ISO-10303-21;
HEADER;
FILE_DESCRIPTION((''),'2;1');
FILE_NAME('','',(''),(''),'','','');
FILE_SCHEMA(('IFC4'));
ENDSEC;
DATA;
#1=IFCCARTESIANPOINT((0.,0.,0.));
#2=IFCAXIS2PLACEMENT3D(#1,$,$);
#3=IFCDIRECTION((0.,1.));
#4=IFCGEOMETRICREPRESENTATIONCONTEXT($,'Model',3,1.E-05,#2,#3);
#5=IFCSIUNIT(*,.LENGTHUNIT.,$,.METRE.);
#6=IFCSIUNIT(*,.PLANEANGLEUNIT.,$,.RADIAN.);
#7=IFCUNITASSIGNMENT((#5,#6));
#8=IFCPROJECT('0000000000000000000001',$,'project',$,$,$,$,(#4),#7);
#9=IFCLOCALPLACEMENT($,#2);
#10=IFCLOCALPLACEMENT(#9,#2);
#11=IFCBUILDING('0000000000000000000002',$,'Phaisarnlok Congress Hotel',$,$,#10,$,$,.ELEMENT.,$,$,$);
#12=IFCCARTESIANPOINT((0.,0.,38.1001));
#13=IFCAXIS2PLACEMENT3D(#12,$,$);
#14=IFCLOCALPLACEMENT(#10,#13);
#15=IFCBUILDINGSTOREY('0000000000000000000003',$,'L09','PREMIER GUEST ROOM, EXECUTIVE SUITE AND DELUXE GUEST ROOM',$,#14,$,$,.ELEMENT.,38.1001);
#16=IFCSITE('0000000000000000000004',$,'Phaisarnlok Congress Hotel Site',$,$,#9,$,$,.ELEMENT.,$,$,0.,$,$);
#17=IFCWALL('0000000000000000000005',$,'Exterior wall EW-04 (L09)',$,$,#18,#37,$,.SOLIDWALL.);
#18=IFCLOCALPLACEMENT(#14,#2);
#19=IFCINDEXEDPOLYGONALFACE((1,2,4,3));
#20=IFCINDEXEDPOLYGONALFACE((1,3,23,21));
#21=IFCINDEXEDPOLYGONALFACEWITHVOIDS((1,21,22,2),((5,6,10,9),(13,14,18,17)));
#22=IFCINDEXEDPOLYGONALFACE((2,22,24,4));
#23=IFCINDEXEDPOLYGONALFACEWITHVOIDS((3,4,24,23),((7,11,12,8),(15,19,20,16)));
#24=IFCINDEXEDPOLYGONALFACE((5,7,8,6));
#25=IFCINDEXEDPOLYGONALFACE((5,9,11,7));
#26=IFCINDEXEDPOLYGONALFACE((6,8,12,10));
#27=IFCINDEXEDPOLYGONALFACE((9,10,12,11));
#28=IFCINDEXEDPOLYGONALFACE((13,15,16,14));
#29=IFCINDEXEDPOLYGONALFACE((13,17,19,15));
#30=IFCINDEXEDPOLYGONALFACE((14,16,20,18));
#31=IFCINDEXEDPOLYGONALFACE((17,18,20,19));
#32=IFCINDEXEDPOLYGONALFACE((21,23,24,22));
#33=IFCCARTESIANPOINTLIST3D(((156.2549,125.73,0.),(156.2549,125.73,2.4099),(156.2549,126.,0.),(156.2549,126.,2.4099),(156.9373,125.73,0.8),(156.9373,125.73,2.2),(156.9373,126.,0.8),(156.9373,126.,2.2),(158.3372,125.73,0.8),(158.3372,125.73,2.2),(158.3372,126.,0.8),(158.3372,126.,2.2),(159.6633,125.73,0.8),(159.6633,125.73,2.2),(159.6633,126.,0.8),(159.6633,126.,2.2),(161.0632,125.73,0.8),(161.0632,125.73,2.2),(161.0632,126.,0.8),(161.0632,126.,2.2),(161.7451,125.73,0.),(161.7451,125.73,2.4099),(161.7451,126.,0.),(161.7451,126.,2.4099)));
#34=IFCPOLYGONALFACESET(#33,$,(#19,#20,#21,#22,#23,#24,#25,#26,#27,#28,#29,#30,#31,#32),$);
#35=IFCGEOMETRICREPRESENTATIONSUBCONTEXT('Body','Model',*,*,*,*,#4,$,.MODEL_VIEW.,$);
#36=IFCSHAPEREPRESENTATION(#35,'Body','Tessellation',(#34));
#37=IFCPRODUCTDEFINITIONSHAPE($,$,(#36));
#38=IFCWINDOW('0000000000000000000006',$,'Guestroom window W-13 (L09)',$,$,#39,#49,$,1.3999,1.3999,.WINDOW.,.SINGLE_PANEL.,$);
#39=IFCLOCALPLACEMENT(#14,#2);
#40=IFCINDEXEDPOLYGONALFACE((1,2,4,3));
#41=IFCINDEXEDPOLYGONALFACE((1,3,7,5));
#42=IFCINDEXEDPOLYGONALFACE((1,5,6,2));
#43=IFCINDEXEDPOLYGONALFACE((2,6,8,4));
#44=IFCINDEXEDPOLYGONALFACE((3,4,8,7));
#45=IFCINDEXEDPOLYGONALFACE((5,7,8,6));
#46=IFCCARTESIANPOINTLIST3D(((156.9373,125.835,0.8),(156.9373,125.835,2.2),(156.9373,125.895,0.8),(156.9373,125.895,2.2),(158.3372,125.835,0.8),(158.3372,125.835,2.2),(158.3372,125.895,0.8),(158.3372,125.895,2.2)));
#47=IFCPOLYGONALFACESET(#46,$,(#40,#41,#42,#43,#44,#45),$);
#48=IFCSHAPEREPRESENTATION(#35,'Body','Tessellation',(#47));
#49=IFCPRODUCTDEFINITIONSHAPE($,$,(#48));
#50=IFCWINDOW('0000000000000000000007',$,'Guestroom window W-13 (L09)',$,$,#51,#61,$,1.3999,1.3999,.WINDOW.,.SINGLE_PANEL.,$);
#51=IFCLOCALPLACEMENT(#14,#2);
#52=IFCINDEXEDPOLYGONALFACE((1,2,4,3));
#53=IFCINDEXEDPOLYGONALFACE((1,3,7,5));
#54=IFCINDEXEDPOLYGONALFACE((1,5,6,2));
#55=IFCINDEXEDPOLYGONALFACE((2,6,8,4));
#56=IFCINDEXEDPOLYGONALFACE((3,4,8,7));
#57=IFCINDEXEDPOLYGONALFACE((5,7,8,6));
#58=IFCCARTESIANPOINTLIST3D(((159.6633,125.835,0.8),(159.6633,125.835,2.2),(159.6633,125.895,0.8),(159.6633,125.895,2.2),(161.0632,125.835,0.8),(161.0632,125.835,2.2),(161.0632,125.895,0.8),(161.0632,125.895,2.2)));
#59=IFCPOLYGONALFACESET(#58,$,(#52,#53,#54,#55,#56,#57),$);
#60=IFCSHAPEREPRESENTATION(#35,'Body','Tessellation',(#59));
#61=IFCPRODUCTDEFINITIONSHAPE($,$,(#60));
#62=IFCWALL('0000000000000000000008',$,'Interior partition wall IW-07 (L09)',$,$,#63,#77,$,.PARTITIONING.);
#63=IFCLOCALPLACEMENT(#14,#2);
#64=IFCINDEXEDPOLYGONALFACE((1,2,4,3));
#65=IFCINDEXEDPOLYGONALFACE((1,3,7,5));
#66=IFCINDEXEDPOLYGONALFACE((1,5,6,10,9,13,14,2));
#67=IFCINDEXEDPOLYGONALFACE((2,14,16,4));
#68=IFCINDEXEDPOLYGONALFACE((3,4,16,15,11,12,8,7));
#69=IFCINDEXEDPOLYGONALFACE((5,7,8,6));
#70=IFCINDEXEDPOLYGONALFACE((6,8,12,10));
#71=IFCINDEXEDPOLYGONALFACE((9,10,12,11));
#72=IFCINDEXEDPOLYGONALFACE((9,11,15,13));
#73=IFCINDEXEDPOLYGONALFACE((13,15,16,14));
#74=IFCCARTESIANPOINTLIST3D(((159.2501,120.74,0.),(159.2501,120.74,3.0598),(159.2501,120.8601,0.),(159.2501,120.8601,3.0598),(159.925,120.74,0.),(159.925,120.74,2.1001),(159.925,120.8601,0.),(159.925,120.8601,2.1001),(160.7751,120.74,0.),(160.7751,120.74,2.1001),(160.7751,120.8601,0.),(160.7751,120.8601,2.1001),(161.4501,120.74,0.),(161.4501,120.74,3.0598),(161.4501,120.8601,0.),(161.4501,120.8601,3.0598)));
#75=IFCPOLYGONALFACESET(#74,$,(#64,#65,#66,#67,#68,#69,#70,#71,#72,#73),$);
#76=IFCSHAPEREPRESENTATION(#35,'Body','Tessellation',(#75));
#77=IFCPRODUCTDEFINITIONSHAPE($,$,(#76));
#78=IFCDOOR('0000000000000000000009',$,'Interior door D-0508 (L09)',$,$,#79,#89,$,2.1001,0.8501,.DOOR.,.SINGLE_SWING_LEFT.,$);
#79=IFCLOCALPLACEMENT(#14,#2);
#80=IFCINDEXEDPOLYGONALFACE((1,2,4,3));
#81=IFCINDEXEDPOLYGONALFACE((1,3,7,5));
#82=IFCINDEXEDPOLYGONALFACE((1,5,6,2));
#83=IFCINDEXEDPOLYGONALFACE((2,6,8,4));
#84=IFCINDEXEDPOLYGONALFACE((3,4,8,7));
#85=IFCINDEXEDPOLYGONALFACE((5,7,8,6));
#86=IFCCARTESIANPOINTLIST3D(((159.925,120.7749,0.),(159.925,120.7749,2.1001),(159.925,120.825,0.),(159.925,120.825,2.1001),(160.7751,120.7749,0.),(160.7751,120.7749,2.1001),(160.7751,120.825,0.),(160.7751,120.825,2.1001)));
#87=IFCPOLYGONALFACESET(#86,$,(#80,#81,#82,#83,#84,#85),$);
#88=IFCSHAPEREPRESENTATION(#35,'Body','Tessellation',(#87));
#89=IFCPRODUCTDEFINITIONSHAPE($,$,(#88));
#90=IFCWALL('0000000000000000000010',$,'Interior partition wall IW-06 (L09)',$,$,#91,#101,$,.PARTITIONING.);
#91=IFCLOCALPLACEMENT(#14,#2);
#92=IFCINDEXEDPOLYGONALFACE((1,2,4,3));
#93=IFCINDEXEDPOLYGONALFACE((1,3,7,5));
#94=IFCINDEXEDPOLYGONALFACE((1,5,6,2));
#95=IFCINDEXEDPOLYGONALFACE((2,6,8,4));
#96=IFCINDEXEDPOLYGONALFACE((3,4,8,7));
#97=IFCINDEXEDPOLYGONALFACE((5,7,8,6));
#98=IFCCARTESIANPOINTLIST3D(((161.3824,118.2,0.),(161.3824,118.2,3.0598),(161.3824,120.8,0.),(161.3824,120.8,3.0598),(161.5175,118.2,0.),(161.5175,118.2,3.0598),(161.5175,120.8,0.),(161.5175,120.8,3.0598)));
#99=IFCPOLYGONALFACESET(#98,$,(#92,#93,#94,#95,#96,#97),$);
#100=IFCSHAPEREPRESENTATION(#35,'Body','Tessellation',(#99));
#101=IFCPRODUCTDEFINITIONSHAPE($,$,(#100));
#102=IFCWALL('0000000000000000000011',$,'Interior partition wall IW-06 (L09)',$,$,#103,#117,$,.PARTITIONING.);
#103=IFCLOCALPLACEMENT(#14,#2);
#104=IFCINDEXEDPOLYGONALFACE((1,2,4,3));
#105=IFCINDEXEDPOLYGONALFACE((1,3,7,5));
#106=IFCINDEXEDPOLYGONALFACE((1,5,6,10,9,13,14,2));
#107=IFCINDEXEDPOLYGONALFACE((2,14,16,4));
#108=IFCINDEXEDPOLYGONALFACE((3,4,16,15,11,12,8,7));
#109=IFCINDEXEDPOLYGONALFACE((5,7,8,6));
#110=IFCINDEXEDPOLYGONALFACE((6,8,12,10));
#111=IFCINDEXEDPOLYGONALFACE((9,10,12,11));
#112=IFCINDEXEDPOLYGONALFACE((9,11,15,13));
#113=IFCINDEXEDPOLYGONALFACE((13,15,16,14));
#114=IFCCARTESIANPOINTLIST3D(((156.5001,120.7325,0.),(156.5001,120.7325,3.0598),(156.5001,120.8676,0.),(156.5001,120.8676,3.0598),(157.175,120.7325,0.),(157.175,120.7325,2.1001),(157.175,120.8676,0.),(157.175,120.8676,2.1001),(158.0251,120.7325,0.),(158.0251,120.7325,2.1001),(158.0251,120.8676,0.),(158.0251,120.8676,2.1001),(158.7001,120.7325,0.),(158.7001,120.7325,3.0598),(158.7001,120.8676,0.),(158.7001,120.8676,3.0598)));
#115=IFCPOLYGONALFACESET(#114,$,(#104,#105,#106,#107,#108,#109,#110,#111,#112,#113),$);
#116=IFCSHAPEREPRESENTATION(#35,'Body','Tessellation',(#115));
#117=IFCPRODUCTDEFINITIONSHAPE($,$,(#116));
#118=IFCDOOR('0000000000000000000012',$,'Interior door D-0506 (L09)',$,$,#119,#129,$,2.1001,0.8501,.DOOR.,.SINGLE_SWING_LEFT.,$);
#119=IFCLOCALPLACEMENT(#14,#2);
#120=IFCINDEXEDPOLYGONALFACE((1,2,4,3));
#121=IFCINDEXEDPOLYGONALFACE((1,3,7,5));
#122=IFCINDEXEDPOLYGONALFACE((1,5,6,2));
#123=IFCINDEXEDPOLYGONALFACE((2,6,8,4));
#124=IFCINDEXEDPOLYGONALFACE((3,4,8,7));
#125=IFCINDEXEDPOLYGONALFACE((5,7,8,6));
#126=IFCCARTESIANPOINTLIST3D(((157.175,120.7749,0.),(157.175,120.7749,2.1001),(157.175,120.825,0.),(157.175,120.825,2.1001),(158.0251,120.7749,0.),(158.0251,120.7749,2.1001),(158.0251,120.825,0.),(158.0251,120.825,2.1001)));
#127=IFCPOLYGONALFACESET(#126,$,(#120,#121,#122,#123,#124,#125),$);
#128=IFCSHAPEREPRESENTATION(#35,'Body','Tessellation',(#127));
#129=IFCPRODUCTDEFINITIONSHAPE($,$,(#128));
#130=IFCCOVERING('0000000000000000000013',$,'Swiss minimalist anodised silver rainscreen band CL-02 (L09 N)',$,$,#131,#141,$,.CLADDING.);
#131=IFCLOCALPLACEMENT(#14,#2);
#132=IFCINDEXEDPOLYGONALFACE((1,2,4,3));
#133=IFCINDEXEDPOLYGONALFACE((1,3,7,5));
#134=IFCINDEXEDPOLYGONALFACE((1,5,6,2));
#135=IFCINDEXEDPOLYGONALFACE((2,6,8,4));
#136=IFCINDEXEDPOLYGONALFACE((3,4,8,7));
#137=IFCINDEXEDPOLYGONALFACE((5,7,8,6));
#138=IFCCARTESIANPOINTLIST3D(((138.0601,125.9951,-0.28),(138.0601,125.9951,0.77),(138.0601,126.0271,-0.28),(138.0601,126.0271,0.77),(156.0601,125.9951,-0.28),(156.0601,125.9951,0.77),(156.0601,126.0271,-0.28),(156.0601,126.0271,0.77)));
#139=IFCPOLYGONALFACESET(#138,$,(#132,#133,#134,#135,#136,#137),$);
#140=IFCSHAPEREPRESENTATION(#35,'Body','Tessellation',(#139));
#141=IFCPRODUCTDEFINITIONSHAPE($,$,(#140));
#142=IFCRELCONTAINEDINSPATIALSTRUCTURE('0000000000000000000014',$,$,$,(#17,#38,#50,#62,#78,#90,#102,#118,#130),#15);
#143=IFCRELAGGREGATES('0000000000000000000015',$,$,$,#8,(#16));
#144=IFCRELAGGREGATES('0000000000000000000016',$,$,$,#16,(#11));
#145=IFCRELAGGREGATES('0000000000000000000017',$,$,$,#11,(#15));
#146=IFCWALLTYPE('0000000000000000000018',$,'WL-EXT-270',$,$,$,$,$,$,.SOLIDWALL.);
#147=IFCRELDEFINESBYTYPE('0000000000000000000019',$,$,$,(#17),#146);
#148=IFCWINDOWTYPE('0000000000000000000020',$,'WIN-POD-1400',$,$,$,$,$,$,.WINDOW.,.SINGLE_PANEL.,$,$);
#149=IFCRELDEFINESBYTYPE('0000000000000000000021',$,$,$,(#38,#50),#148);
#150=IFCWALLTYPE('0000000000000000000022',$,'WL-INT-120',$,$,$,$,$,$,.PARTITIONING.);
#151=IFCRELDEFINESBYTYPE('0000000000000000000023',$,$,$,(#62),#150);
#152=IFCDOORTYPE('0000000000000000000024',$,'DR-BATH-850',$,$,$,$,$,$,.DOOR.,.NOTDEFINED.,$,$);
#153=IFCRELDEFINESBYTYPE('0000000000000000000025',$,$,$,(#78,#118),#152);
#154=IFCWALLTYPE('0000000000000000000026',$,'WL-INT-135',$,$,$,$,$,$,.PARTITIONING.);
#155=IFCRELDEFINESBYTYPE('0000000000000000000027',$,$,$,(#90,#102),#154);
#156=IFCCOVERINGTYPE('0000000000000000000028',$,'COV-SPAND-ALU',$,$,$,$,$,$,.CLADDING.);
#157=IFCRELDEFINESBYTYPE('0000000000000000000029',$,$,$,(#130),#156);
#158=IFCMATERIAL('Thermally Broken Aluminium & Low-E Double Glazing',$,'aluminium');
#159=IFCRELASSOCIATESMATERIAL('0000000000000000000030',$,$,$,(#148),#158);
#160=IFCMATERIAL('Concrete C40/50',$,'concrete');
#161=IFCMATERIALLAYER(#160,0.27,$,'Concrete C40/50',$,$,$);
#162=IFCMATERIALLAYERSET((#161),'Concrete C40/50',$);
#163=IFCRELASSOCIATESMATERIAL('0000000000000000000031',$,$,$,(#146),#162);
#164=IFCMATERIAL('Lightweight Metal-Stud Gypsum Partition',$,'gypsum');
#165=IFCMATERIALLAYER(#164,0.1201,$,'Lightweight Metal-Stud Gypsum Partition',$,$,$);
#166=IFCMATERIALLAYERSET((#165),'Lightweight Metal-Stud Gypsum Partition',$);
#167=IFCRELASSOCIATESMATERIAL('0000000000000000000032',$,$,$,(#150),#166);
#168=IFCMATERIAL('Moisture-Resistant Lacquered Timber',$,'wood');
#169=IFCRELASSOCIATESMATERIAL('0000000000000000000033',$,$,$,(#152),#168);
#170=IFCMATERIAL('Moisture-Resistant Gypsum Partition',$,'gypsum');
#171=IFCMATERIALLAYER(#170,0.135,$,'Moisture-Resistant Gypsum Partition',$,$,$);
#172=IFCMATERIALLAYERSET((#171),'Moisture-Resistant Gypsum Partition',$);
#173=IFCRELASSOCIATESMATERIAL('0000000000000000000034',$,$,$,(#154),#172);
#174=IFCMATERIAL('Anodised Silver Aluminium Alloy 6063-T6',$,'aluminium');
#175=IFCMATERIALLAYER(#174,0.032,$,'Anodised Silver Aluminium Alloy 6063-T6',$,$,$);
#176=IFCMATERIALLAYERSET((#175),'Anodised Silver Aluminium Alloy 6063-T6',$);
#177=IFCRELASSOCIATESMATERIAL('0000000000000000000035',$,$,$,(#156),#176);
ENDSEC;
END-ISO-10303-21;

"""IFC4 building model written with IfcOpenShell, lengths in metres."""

from ifc_helpers import new_model, si_unit, direction, frame, frame_2d, origin, place, context, subcontext, project, spatial, polyline, rectangle, outline, extrude, material, layer, layer_set, type_object, element, fill, save


model = new_model("IFC4")

# Units and contexts
model_context = context("Model", 3, precision=1e-05, world=origin(), true_north=direction((0.0, 1.0)))
body_context = subcontext(model_context, "Body", "Model", "MODEL_VIEW")
ifc_project = project(units=[si_unit("LENGTHUNIT", "METRE"), si_unit("PLANEANGLEUNIT", "RADIAN")], contexts=[model_context])

# Site, building, storey
site_placement = place(None, origin())
site = spatial("IfcSite", under=ifc_project, at=site_placement, Name="Phaisarnlok Congress Hotel Site", CompositionType="ELEMENT", RefElevation=0.0)
building_placement = place(site_placement, origin())
building = spatial("IfcBuilding", under=site, at=building_placement, Name="Phaisarnlok Congress Hotel", CompositionType="ELEMENT")
storey_placement = place(building_placement, frame((0.0, 0.0, 38.1001)))
storey = spatial("IfcBuildingStorey", under=building, at=storey_placement, Name="L09", Description="PREMIER GUEST ROOM, EXECUTIVE SUITE AND DELUXE GUEST ROOM", CompositionType="ELEMENT", Elevation=38.1001)

# Shared definitions
ifc_material_1 = material(Name="Concrete C40/50", Category="concrete")

# Shared definitions
ifc_material_2 = material(Name="Thermally Broken Aluminium & Low-E Double Glazing", Category="aluminium")
window_type = type_object("IfcWindowType", Name="WIN-POD-1400", PartitioningType="SINGLE_PANEL", PredefinedType="WINDOW", material=ifc_material_2)

# Wall, openings, windows
ifc_layer_1 = layer(ifc_material_1, 0.27, Name="Concrete C40/50")
ifc_layer_set_1 = layer_set([ifc_layer_1], Name="Concrete C40/50")
wall_type_1 = type_object("IfcWallType", Name="WL-EXT-270", PredefinedType="SOLIDWALL", material=ifc_layer_set_1)
wall_1_placement = place(storey_placement, frame((161.7451, 125.865, 0.0), z_axis=(0.0, 0.0, 1.0), x_axis=(-1.0, 0.0, 0.0)))
wall_1 = element("IfcWall", 1, at=wall_1_placement, inside=storey, type_object=wall_type_1, Name="Exterior wall EW-04 (L09)", PredefinedType="SOLIDWALL", context=body_context, shape_type="SweptSolid", body=[
    extrude(rectangle(XDim=5.4902, YDim=0.27, at=frame_2d((2.7451, 0.0))), origin(), (0.0, 0.0, 1.0), 2.4099),
])
opening_1_placement = place(wall_1_placement, frame((3.408, 0.0, 0.8)))
opening_1 = element("IfcOpeningElement", 2, at=opening_1_placement, cuts=wall_1, PredefinedType="OPENING", context=body_context, shape_type="SweptSolid", body=[
    extrude(rectangle(XDim=1.3999, YDim=1.3999, at=frame_2d((0.7, 0.7))), frame((0.0, 0.145, 0.0), z_axis=(0.0, -1.0, 0.0), x_axis=(1.0, 0.0, 0.0)), (0.0, 0.0, 1.0), 0.29),
])
opening_2_placement = place(wall_1_placement, frame((0.6819, 0.0, 0.8)))
opening_2 = element("IfcOpeningElement", 3, at=opening_2_placement, cuts=wall_1, PredefinedType="OPENING", context=body_context, shape_type="SweptSolid", body=[
    extrude(rectangle(XDim=1.3999, YDim=1.3999, at=frame_2d((0.7, 0.7))), frame((0.0, 0.145, 0.0), z_axis=(0.0, -1.0, 0.0), x_axis=(1.0, 0.0, 0.0)), (0.0, 0.0, 1.0), 0.29),
])
window_1_placement = place(opening_1_placement, origin())
window_1 = element("IfcWindow", 4, at=window_1_placement, inside=storey, type_object=window_type, Name="Guestroom window W-13 (L09)", OverallHeight=1.3999, OverallWidth=1.3999, PartitioningType="SINGLE_PANEL", PredefinedType="WINDOW", context=body_context, shape_type="SweptSolid", body=[
    extrude(rectangle(XDim=1.3999, YDim=1.3999, at=frame_2d((0.7, 0.7))), frame((0.0, 0.03, 0.0), z_axis=(0.0, -1.0, 0.0), x_axis=(1.0, 0.0, 0.0)), (0.0, 0.0, 1.0), 0.0601),
])
fill(opening_1, window_1)
window_2_placement = place(opening_2_placement, origin())
window_2 = element("IfcWindow", 5, at=window_2_placement, inside=storey, type_object=window_type, Name="Guestroom window W-13 (L09)", OverallHeight=1.3999, OverallWidth=1.3999, PartitioningType="SINGLE_PANEL", PredefinedType="WINDOW", context=body_context, shape_type="SweptSolid", body=[
    extrude(rectangle(XDim=1.3999, YDim=1.3999, at=frame_2d((0.7, 0.7))), frame((0.0, 0.03, 0.0), z_axis=(0.0, -1.0, 0.0), x_axis=(1.0, 0.0, 0.0)), (0.0, 0.0, 1.0), 0.0601),
])
fill(opening_2, window_2)

# Wall, opening, door
ifc_material_3 = material(Name="Lightweight Metal-Stud Gypsum Partition", Category="gypsum")
ifc_layer_2 = layer(ifc_material_3, 0.1201, Name="Lightweight Metal-Stud Gypsum Partition")
ifc_layer_set_2 = layer_set([ifc_layer_2], Name="Lightweight Metal-Stud Gypsum Partition")
wall_type_2 = type_object("IfcWallType", Name="WL-INT-120", PredefinedType="PARTITIONING", material=ifc_layer_set_2)
wall_2_placement = place(storey_placement, frame((159.25, 120.8, 0.0), z_axis=(0.0, 0.0, 1.0), x_axis=(1.0, 0.0, 0.0)))
wall_2 = element("IfcWall", 6, at=wall_2_placement, inside=storey, type_object=wall_type_2, Name="Interior partition wall IW-07 (L09)", PredefinedType="PARTITIONING", context=body_context, shape_type="SweptSolid", body=[
    extrude(rectangle(XDim=2.2, YDim=0.1201, at=frame_2d((1.1001, 0.0))), origin(), (0.0, 0.0, 1.0), 3.0598),
])
opening_3_placement = place(wall_2_placement, frame((0.675, 0.0, 0.0)))
opening_3 = element("IfcOpeningElement", 7, at=opening_3_placement, cuts=wall_2, PredefinedType="OPENING", context=body_context, shape_type="SweptSolid", body=[
    extrude(rectangle(XDim=0.8501, YDim=2.1001, at=frame_2d((0.425, 1.05))), frame((0.0, 0.0701, 0.0), z_axis=(0.0, -1.0, 0.0), x_axis=(1.0, 0.0, 0.0)), (0.0, 0.0, 1.0), 0.1401),
])
ifc_material_4 = material(Name="Moisture-Resistant Lacquered Timber", Category="wood")
door_type = type_object("IfcDoorType", Name="DR-BATH-850", OperationType="NOTDEFINED", PredefinedType="DOOR", material=ifc_material_4)
door_1_placement = place(opening_3_placement, origin())
door_1 = element("IfcDoor", 8, at=door_1_placement, inside=storey, type_object=door_type, Name="Interior door D-0508 (L09)", OperationType="SINGLE_SWING_LEFT", OverallHeight=2.1001, OverallWidth=0.8501, PredefinedType="DOOR", context=body_context, shape_type="SweptSolid", body=[
    extrude(rectangle(XDim=0.8501, YDim=2.1001, at=frame_2d((0.425, 1.05))), frame((0.0, 0.0249, 0.0), z_axis=(0.0, -1.0, 0.0), x_axis=(1.0, 0.0, 0.0)), (0.0, 0.0, 1.0), 0.05),
])
fill(opening_3, door_1)

# Wall
ifc_material_5 = material(Name="Moisture-Resistant Gypsum Partition", Category="gypsum")
ifc_layer_3 = layer(ifc_material_5, 0.135, Name="Moisture-Resistant Gypsum Partition")
ifc_layer_set_3 = layer_set([ifc_layer_3], Name="Moisture-Resistant Gypsum Partition")
wall_type_3 = type_object("IfcWallType", Name="WL-INT-135", PredefinedType="PARTITIONING", material=ifc_layer_set_3)
wall_3_placement = place(storey_placement, frame((161.45, 118.2, 0.0), z_axis=(0.0, 0.0, 1.0), x_axis=(0.0, 1.0, 0.0)))
element("IfcWall", 9, at=wall_3_placement, inside=storey, type_object=wall_type_3, Name="Interior partition wall IW-06 (L09)", PredefinedType="PARTITIONING", context=body_context, shape_type="SweptSolid", body=[
    extrude(rectangle(XDim=2.6001, YDim=0.135, at=frame_2d((1.3, 0.0))), origin(), (0.0, 0.0, 1.0), 3.0598),
])

# Wall, opening, door
wall_4_placement = place(storey_placement, frame((156.5, 120.8, 0.0), z_axis=(0.0, 0.0, 1.0), x_axis=(1.0, 0.0, 0.0)))
wall_4 = element("IfcWall", 10, at=wall_4_placement, inside=storey, type_object=wall_type_3, Name="Interior partition wall IW-06 (L09)", PredefinedType="PARTITIONING", context=body_context, shape_type="SweptSolid", body=[
    extrude(rectangle(XDim=2.2, YDim=0.135, at=frame_2d((1.1001, 0.0))), origin(), (0.0, 0.0, 1.0), 3.0598),
])
opening_4_placement = place(wall_4_placement, frame((0.675, 0.0, 0.0)))
opening_4 = element("IfcOpeningElement", 11, at=opening_4_placement, cuts=wall_4, PredefinedType="OPENING", context=body_context, shape_type="SweptSolid", body=[
    extrude(rectangle(XDim=0.8501, YDim=2.1001, at=frame_2d((0.425, 1.05))), frame((0.0, 0.0776, 0.0), z_axis=(0.0, -1.0, 0.0), x_axis=(1.0, 0.0, 0.0)), (0.0, 0.0, 1.0), 0.155),
])
door_2_placement = place(opening_4_placement, origin())
door_2 = element("IfcDoor", 12, at=door_2_placement, inside=storey, type_object=door_type, Name="Interior door D-0506 (L09)", OperationType="SINGLE_SWING_LEFT", OverallHeight=2.1001, OverallWidth=0.8501, PredefinedType="DOOR", context=body_context, shape_type="SweptSolid", body=[
    extrude(rectangle(XDim=0.8501, YDim=2.1001, at=frame_2d((0.425, 1.05))), frame((0.0, 0.0249, 0.0), z_axis=(0.0, -1.0, 0.0), x_axis=(1.0, 0.0, 0.0)), (0.0, 0.0, 1.0), 0.05),
])
fill(opening_4, door_2)

# Covering
ifc_material_6 = material(Name="Anodised Silver Aluminium Alloy 6063-T6", Category="aluminium")
ifc_layer_4 = layer(ifc_material_6, 0.032, Name="Anodised Silver Aluminium Alloy 6063-T6")
ifc_layer_set_4 = layer_set([ifc_layer_4], Name="Anodised Silver Aluminium Alloy 6063-T6")
covering_type = type_object("IfcCoveringType", Name="COV-SPAND-ALU", PredefinedType="CLADDING", material=ifc_layer_set_4)
covering_placement = place(storey_placement, frame((156.0601, 125.9951, -0.28), z_axis=(0.0, 1.0, 0.0), x_axis=(-1.0, 0.0, 0.0)))
element("IfcCovering", 13, at=covering_placement, inside=storey, type_object=covering_type, Name="Swiss minimalist anodised silver rainscreen band CL-02 (L09 N)", PredefinedType="CLADDING", context=body_context, shape_type="SweptSolid", body=[
    extrude(outline(polyline([(0.0, 0.0), (18.0, 0.0), (18.0, 1.05), (0.0, 1.05), (0.0, 0.0)])), origin(), (0.0, 0.0, 1.0), 0.032),
])

save(model, "model.ifc")
